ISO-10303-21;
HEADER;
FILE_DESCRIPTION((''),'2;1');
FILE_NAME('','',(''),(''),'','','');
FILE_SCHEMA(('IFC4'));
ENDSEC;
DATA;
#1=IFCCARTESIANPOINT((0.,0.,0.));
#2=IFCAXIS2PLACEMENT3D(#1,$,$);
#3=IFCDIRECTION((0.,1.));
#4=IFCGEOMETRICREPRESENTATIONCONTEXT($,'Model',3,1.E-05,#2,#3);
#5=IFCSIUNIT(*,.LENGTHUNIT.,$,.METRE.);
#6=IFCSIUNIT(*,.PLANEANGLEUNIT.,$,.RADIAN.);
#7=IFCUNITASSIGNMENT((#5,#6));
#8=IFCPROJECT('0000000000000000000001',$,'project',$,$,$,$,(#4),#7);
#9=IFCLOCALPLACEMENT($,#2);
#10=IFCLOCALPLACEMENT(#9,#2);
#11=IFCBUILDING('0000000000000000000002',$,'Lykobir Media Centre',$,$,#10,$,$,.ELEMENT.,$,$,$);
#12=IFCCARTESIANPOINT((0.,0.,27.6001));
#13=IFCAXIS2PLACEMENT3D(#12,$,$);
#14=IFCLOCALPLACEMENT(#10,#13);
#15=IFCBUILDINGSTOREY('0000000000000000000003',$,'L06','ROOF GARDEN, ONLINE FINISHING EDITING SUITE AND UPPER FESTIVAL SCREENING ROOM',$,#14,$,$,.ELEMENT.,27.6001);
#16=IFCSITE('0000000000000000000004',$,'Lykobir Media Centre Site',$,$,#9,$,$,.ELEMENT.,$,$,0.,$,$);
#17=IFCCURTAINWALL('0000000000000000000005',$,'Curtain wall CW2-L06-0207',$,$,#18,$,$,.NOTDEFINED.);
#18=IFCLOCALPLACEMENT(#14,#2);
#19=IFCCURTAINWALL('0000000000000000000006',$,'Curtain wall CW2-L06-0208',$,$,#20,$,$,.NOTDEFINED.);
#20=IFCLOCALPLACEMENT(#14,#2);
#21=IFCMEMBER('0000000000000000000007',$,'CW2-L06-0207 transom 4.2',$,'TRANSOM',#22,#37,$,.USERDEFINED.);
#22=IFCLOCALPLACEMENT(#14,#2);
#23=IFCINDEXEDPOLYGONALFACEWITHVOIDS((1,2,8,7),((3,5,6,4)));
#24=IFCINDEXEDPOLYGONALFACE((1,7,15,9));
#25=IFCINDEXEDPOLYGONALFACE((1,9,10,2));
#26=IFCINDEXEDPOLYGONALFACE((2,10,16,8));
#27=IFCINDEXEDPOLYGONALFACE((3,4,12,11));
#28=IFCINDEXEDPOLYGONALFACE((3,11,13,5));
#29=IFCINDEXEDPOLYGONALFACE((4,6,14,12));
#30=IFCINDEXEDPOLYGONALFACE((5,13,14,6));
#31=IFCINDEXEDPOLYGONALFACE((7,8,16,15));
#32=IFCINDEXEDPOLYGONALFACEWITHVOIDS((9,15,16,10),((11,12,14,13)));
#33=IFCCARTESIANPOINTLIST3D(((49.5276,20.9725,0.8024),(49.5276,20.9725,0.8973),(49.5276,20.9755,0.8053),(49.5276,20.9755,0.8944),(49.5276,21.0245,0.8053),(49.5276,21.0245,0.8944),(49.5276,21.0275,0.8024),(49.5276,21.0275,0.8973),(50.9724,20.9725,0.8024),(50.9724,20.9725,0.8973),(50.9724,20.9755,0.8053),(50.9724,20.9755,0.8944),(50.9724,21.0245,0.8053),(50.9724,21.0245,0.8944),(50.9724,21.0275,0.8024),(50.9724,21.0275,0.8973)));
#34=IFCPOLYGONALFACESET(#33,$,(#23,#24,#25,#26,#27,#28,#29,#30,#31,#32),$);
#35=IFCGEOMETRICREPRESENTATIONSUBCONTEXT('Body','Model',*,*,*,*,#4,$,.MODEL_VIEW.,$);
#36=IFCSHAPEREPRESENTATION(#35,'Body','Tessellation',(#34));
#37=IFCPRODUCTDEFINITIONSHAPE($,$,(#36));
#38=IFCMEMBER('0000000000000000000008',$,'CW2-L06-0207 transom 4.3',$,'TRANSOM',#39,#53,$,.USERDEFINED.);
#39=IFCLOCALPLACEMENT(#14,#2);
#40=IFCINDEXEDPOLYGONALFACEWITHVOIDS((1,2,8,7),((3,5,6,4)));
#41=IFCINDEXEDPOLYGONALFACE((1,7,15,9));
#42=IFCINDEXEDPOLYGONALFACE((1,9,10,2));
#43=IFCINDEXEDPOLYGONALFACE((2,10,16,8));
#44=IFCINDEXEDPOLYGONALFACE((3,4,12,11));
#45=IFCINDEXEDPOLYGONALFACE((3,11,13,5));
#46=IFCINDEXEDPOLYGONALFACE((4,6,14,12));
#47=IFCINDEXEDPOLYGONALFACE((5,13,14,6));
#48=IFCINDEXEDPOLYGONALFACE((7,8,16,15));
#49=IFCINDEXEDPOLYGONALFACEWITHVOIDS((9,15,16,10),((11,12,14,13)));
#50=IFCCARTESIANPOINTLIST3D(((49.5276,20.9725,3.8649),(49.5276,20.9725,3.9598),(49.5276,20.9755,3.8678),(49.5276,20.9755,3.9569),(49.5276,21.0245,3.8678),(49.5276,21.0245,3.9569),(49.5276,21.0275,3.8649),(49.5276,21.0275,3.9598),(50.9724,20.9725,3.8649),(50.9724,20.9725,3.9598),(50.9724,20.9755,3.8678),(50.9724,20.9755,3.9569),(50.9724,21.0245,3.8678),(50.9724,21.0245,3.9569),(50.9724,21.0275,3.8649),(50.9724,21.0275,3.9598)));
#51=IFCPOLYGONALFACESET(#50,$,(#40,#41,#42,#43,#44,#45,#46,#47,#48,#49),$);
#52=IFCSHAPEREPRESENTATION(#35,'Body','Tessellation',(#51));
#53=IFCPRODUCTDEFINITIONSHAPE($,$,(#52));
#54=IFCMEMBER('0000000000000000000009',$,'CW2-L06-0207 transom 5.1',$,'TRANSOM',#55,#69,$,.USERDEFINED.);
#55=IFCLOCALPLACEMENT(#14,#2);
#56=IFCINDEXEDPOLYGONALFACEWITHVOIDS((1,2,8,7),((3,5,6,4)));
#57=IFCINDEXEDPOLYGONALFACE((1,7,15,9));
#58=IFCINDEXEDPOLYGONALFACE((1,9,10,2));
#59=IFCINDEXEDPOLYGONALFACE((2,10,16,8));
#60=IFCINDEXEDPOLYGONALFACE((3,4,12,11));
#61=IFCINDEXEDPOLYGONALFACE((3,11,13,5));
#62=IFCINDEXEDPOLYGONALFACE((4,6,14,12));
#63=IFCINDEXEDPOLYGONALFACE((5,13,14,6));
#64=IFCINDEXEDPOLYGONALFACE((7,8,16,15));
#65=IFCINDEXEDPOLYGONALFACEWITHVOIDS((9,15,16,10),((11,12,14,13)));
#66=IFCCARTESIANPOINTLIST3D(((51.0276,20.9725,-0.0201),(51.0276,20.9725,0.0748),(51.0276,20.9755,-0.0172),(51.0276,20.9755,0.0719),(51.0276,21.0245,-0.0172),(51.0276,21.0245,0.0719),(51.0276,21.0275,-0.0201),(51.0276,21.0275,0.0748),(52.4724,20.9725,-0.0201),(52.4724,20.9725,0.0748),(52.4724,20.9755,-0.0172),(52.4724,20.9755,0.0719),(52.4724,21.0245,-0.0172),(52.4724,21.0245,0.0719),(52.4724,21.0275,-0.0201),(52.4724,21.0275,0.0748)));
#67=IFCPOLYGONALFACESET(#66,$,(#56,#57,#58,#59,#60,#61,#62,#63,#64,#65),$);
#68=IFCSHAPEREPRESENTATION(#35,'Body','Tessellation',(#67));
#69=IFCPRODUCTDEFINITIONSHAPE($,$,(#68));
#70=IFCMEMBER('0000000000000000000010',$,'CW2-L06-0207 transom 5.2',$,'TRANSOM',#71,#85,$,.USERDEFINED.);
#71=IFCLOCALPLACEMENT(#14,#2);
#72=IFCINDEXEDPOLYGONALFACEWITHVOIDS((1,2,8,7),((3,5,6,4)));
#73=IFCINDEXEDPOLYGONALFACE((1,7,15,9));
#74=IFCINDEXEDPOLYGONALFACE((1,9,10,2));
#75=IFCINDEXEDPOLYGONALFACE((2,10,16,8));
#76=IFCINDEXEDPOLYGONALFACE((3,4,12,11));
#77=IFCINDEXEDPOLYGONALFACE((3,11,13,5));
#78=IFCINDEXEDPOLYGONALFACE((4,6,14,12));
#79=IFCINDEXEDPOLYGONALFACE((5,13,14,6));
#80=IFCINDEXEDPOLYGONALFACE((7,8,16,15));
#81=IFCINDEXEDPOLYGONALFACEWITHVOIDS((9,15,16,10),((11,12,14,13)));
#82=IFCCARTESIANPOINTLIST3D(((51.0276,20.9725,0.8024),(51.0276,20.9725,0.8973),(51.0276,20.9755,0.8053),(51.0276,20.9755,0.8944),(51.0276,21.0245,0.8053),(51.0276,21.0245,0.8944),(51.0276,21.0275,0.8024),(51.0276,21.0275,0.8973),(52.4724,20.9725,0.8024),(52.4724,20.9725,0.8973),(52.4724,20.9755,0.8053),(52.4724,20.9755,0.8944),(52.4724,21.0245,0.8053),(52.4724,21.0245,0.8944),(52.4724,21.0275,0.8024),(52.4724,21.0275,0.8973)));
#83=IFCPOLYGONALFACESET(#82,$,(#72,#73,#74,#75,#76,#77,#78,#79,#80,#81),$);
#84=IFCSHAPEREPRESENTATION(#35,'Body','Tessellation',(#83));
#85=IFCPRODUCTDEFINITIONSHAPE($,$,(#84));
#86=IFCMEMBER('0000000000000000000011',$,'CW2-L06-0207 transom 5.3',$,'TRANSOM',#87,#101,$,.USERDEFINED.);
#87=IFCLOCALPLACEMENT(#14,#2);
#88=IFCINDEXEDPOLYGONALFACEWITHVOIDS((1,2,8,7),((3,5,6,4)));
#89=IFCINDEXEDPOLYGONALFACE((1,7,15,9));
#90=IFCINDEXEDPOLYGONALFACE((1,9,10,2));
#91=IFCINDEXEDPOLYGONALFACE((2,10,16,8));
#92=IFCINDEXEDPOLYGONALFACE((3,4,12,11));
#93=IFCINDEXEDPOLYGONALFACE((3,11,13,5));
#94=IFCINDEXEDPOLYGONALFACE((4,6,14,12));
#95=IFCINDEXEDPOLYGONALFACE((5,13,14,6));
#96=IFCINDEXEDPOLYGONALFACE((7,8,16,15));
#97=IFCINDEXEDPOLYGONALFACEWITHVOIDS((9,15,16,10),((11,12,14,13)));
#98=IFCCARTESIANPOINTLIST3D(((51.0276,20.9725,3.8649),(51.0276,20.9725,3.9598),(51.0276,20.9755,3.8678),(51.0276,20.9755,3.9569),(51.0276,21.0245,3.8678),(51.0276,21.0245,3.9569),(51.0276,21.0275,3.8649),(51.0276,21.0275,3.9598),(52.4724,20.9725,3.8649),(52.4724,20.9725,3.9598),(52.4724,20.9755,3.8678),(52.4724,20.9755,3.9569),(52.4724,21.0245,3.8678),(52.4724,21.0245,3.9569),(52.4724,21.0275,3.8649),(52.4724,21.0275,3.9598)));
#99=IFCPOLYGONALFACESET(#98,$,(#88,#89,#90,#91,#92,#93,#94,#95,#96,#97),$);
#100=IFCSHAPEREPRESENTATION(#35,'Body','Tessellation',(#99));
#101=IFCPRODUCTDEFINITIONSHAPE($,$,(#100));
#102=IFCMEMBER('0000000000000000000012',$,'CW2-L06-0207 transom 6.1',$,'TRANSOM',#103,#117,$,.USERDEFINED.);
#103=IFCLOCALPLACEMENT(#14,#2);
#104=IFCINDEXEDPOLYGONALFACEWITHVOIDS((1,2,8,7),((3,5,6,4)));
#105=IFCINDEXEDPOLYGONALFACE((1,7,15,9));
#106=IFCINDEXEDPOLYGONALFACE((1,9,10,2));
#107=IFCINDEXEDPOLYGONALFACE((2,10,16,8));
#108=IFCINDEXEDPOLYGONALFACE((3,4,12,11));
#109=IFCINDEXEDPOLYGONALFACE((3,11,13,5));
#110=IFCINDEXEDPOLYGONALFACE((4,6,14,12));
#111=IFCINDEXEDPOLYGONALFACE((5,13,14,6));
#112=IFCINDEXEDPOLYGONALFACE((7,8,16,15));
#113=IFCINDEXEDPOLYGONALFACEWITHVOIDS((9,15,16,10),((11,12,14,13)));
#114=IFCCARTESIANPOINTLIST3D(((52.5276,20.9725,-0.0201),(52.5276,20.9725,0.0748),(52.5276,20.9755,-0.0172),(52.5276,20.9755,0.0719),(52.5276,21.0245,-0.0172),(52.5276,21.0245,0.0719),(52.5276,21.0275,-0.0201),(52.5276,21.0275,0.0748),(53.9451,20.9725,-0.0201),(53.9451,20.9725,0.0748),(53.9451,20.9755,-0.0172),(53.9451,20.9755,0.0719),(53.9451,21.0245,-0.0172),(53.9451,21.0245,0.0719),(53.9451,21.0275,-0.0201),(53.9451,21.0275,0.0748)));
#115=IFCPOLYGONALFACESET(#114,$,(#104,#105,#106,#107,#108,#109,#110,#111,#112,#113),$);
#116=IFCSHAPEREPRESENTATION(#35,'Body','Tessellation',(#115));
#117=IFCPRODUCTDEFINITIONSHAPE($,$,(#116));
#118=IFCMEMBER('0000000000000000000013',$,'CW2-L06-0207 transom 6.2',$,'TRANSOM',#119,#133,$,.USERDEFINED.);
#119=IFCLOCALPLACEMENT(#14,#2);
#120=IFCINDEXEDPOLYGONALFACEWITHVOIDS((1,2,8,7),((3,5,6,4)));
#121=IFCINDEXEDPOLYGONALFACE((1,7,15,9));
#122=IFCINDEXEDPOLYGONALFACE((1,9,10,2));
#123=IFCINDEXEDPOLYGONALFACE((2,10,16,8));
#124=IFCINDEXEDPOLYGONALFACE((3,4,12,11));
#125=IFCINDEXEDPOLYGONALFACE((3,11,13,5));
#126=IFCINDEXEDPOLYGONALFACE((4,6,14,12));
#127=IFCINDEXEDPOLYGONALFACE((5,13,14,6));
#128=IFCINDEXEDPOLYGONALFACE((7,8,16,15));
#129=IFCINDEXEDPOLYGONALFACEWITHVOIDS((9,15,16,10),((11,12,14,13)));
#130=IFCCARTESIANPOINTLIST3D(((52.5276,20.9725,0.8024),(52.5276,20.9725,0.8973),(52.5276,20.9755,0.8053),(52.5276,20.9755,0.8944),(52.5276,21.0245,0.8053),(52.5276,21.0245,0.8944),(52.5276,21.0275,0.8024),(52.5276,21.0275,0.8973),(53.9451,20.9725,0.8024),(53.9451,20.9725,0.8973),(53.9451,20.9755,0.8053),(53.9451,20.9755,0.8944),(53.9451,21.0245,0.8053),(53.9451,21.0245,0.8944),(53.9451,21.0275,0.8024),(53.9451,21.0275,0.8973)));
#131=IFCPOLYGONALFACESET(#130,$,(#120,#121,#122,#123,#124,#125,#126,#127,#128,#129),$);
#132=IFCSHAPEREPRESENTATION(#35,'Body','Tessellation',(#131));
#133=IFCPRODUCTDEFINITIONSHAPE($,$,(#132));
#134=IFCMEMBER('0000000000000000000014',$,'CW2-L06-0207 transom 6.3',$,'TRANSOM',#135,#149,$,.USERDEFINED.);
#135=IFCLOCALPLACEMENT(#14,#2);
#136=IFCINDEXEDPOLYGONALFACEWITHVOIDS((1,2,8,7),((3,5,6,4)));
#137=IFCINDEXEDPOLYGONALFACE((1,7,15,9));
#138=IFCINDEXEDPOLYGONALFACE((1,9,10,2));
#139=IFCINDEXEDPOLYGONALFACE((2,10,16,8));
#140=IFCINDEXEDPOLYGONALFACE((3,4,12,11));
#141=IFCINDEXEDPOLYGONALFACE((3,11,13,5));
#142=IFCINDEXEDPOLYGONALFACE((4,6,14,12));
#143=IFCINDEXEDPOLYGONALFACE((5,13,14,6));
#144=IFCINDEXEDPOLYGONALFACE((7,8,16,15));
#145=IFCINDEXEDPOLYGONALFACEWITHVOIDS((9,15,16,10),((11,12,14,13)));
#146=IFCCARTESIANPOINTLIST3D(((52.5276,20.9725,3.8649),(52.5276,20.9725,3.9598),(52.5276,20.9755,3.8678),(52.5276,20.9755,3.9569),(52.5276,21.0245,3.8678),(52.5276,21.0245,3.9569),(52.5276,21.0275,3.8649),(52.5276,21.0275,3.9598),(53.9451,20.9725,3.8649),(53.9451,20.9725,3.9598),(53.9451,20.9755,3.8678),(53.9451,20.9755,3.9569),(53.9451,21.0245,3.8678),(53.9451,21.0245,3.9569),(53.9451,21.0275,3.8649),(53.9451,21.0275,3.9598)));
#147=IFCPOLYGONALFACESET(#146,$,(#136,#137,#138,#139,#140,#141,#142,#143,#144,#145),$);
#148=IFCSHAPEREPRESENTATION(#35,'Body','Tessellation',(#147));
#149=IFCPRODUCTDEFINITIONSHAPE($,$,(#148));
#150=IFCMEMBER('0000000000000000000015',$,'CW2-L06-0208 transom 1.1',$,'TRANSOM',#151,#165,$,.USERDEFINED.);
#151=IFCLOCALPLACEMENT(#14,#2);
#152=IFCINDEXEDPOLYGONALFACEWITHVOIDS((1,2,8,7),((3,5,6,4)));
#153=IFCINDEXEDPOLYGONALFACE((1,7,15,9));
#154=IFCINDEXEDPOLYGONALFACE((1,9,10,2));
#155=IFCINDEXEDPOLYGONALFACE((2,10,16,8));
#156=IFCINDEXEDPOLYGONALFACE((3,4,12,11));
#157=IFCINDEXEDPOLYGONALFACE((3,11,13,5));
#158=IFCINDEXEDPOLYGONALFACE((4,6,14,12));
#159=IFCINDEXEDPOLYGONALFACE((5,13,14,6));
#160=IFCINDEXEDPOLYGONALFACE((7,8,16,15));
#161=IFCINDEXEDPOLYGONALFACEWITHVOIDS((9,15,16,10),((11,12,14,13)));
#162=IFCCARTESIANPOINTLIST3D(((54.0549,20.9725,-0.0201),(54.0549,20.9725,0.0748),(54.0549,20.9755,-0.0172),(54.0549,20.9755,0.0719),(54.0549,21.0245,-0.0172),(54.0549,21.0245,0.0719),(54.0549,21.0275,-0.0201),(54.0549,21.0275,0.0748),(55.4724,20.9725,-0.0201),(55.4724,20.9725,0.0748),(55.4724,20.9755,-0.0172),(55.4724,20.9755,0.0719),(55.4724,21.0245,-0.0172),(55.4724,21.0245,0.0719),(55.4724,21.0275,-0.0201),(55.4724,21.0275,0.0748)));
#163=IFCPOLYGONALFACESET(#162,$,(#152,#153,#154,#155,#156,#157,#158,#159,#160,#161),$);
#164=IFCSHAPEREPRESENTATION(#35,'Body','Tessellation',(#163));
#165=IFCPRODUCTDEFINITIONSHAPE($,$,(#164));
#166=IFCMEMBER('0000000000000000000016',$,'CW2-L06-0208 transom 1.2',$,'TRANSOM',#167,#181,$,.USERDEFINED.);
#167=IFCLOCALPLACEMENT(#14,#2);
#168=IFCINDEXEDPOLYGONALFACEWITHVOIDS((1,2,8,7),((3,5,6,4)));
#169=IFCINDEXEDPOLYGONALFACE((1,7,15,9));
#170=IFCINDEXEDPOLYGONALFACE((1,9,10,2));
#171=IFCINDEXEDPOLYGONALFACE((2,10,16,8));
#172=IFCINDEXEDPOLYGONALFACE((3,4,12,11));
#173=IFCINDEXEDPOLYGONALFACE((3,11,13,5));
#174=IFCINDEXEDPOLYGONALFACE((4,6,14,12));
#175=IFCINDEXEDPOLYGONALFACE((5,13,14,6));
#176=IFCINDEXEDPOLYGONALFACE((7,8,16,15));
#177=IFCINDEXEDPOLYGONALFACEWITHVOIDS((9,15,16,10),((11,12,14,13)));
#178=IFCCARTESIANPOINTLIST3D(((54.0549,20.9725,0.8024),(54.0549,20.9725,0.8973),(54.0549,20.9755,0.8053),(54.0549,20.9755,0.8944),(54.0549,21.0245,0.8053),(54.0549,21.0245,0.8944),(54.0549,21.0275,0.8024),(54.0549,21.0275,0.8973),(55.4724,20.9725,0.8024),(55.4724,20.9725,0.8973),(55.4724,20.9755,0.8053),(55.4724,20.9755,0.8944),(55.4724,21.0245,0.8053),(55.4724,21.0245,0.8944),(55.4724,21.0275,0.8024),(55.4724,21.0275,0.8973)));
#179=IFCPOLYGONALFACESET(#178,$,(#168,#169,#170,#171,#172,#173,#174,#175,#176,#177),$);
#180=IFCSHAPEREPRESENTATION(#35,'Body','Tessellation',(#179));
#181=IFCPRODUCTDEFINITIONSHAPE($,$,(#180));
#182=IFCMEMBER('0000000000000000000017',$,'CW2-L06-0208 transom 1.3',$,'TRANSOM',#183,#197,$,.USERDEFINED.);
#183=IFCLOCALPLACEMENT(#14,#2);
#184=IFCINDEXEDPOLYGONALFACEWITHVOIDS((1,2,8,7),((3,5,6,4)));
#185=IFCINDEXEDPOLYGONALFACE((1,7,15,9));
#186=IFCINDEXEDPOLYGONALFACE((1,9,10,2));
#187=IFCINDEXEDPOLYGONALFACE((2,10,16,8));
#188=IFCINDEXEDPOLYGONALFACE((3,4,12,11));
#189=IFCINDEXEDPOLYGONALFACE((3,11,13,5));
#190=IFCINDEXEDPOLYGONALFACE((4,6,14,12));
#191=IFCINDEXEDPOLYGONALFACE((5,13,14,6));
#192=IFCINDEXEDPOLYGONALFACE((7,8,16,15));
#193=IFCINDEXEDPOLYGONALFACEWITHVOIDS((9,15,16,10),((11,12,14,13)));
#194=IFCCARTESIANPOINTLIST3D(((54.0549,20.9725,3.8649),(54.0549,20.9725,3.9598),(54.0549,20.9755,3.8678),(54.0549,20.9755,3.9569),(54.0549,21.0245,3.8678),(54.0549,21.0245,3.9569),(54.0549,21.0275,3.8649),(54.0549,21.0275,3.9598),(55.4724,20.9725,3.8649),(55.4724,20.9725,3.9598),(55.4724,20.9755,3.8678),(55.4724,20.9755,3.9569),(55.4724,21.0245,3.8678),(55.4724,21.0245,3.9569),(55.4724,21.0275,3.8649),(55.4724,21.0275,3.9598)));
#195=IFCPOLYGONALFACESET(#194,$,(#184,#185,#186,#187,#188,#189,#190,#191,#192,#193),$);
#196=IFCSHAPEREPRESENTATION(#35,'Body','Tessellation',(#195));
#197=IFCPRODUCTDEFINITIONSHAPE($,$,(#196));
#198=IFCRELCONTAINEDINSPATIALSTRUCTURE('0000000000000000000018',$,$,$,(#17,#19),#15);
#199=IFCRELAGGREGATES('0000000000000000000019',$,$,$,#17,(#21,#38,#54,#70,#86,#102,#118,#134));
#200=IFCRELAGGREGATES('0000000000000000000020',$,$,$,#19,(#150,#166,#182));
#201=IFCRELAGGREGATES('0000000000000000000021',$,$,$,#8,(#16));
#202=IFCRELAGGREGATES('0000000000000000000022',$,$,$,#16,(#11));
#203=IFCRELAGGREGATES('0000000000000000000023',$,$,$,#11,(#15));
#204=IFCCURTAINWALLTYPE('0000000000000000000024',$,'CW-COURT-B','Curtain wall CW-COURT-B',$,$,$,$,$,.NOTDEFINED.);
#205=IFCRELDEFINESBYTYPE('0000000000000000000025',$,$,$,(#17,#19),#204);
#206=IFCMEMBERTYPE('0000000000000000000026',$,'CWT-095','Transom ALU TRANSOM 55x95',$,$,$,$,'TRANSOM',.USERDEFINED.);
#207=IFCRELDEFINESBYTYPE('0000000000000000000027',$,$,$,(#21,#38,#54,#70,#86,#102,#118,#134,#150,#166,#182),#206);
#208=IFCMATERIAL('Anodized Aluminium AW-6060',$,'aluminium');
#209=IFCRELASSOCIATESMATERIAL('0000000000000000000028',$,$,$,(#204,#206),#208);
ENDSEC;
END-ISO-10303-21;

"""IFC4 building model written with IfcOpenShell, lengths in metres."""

from ifc_helpers import new_model, si_unit, direction, frame, origin, origin_2d, place, context, subcontext, project, spatial, hollow_rectangle, extrude, material, material_profile, profile_set, type_object, element, aggregate, save


model = new_model("IFC4")

# Units and contexts
model_context = context("Model", 3, precision=1e-05, world=origin(), true_north=direction((0.0, 1.0)))
body_context = subcontext(model_context, "Body", "Model", "MODEL_VIEW")
ifc_project = project(units=[si_unit("LENGTHUNIT", "METRE"), si_unit("PLANEANGLEUNIT", "RADIAN")], contexts=[model_context])

# Site, building, storey
site_placement = place(None, origin())
site = spatial("IfcSite", under=ifc_project, at=site_placement, Name="Lykobir Media Centre Site", CompositionType="ELEMENT", RefElevation=0.0)
building_placement = place(site_placement, origin())
building = spatial("IfcBuilding", under=site, at=building_placement, Name="Lykobir Media Centre", CompositionType="ELEMENT")
storey_placement = place(building_placement, frame((0.0, 0.0, 27.6001)))
storey = spatial("IfcBuildingStorey", under=building, at=storey_placement, Name="L06", Description="ROOF GARDEN, ONLINE FINISHING EDITING SUITE AND UPPER FESTIVAL SCREENING ROOM", CompositionType="ELEMENT", Elevation=27.6001)

# Curtain walls
ifc_material_1 = material(Name="Anodized Aluminium AW-6060", Category="aluminium")
curtain_wall_type = type_object("IfcCurtainWallType", Name="CW-COURT-B", Description="Curtain wall CW-COURT-B", PredefinedType="NOTDEFINED", material=ifc_material_1)
curtain_wall_1_placement = place(storey_placement, origin())
curtain_wall_1 = element("IfcCurtainWall", 1, at=curtain_wall_1_placement, inside=storey, type_object=curtain_wall_type, Name="Curtain wall CW2-L06-0207", PredefinedType="NOTDEFINED")
curtain_wall_2_placement = place(storey_placement, origin())
curtain_wall_2 = element("IfcCurtainWall", 2, at=curtain_wall_2_placement, inside=storey, type_object=curtain_wall_type, Name="Curtain wall CW2-L06-0208", PredefinedType="NOTDEFINED")

# Members
ifc_material_profile_1 = material_profile(ifc_material_1, hollow_rectangle(XDim=0.0549, YDim=0.095, WallThickness=0.0029, at=origin_2d()), Name="ALU TRANSOM 55x95")
ifc_profile_set_1 = profile_set([ifc_material_profile_1], Name="Anodized Aluminium AW-6060")
member_type_1 = type_object("IfcMemberType", Name="CWT-095", Description="Transom ALU TRANSOM 55x95", ElementType="TRANSOM", PredefinedType="USERDEFINED", material=ifc_profile_set_1)
member_1_placement = place(storey_placement, frame((49.5276, 21.0, 0.8499), z_axis=(1.0, 0.0, 0.0), x_axis=(0.0, 1.0, 0.0)))
member_1 = element("IfcMember", 3, at=member_1_placement, type_object=member_type_1, Name="CW2-L06-0207 transom 4.2", ObjectType="TRANSOM", PredefinedType="USERDEFINED", context=body_context, shape_type="SweptSolid", body=[
    extrude(hollow_rectangle(XDim=0.0549, YDim=0.095, WallThickness=0.0029, at=origin_2d()), origin(), (0.0, 0.0, 1.0), 1.4448),
])
member_2_placement = place(storey_placement, frame((49.5276, 21.0, 3.9124), z_axis=(1.0, 0.0, 0.0), x_axis=(0.0, 1.0, 0.0)))
member_2 = element("IfcMember", 4, at=member_2_placement, type_object=member_type_1, Name="CW2-L06-0207 transom 4.3", ObjectType="TRANSOM", PredefinedType="USERDEFINED", context=body_context, shape_type="SweptSolid", body=[
    extrude(hollow_rectangle(XDim=0.0549, YDim=0.095, WallThickness=0.0029, at=origin_2d()), origin(), (0.0, 0.0, 1.0), 1.4448),
])
member_3_placement = place(storey_placement, frame((51.0276, 21.0, 0.0273), z_axis=(1.0, 0.0, 0.0), x_axis=(0.0, 1.0, 0.0)))
member_3 = element("IfcMember", 5, at=member_3_placement, type_object=member_type_1, Name="CW2-L06-0207 transom 5.1", ObjectType="TRANSOM", PredefinedType="USERDEFINED", context=body_context, shape_type="SweptSolid", body=[
    extrude(hollow_rectangle(XDim=0.0549, YDim=0.095, WallThickness=0.0029, at=origin_2d()), origin(), (0.0, 0.0, 1.0), 1.4448),
])
member_4_placement = place(storey_placement, frame((51.0276, 21.0, 0.8499), z_axis=(1.0, 0.0, 0.0), x_axis=(0.0, 1.0, 0.0)))
member_4 = element("IfcMember", 6, at=member_4_placement, type_object=member_type_1, Name="CW2-L06-0207 transom 5.2", ObjectType="TRANSOM", PredefinedType="USERDEFINED", context=body_context, shape_type="SweptSolid", body=[
    extrude(hollow_rectangle(XDim=0.0549, YDim=0.095, WallThickness=0.0029, at=origin_2d()), origin(), (0.0, 0.0, 1.0), 1.4448),
])
member_5_placement = place(storey_placement, frame((51.0276, 21.0, 3.9124), z_axis=(1.0, 0.0, 0.0), x_axis=(0.0, 1.0, 0.0)))
member_5 = element("IfcMember", 7, at=member_5_placement, type_object=member_type_1, Name="CW2-L06-0207 transom 5.3", ObjectType="TRANSOM", PredefinedType="USERDEFINED", context=body_context, shape_type="SweptSolid", body=[
    extrude(hollow_rectangle(XDim=0.0549, YDim=0.095, WallThickness=0.0029, at=origin_2d()), origin(), (0.0, 0.0, 1.0), 1.4448),
])
member_6_placement = place(storey_placement, frame((52.5276, 21.0, 0.0273), z_axis=(1.0, 0.0, 0.0), x_axis=(0.0, 1.0, 0.0)))
member_6 = element("IfcMember", 8, at=member_6_placement, type_object=member_type_1, Name="CW2-L06-0207 transom 6.1", ObjectType="TRANSOM", PredefinedType="USERDEFINED", context=body_context, shape_type="SweptSolid", body=[
    extrude(hollow_rectangle(XDim=0.0549, YDim=0.095, WallThickness=0.0029, at=origin_2d()), origin(), (0.0, 0.0, 1.0), 1.4175),
])
member_7_placement = place(storey_placement, frame((52.5276, 21.0, 0.8499), z_axis=(1.0, 0.0, 0.0), x_axis=(0.0, 1.0, 0.0)))
member_7 = element("IfcMember", 9, at=member_7_placement, type_object=member_type_1, Name="CW2-L06-0207 transom 6.2", ObjectType="TRANSOM", PredefinedType="USERDEFINED", context=body_context, shape_type="SweptSolid", body=[
    extrude(hollow_rectangle(XDim=0.0549, YDim=0.095, WallThickness=0.0029, at=origin_2d()), origin(), (0.0, 0.0, 1.0), 1.4175),
])
member_8_placement = place(storey_placement, frame((52.5276, 21.0, 3.9124), z_axis=(1.0, 0.0, 0.0), x_axis=(0.0, 1.0, 0.0)))
member_8 = element("IfcMember", 10, at=member_8_placement, type_object=member_type_1, Name="CW2-L06-0207 transom 6.3", ObjectType="TRANSOM", PredefinedType="USERDEFINED", context=body_context, shape_type="SweptSolid", body=[
    extrude(hollow_rectangle(XDim=0.0549, YDim=0.095, WallThickness=0.0029, at=origin_2d()), origin(), (0.0, 0.0, 1.0), 1.4175),
])
member_9_placement = place(storey_placement, frame((54.0549, 21.0, 0.0273), z_axis=(1.0, 0.0, 0.0), x_axis=(0.0, 1.0, 0.0)))
member_9 = element("IfcMember", 11, at=member_9_placement, type_object=member_type_1, Name="CW2-L06-0208 transom 1.1", ObjectType="TRANSOM", PredefinedType="USERDEFINED", context=body_context, shape_type="SweptSolid", body=[
    extrude(hollow_rectangle(XDim=0.0549, YDim=0.095, WallThickness=0.0029, at=origin_2d()), origin(), (0.0, 0.0, 1.0), 1.4175),
])
member_10_placement = place(storey_placement, frame((54.0549, 21.0, 0.8499), z_axis=(1.0, 0.0, 0.0), x_axis=(0.0, 1.0, 0.0)))
member_10 = element("IfcMember", 12, at=member_10_placement, type_object=member_type_1, Name="CW2-L06-0208 transom 1.2", ObjectType="TRANSOM", PredefinedType="USERDEFINED", context=body_context, shape_type="SweptSolid", body=[
    extrude(hollow_rectangle(XDim=0.0549, YDim=0.095, WallThickness=0.0029, at=origin_2d()), origin(), (0.0, 0.0, 1.0), 1.4175),
])
member_11_placement = place(storey_placement, frame((54.0549, 21.0, 3.9124), z_axis=(1.0, 0.0, 0.0), x_axis=(0.0, 1.0, 0.0)))
member_11 = element("IfcMember", 13, at=member_11_placement, type_object=member_type_1, Name="CW2-L06-0208 transom 1.3", ObjectType="TRANSOM", PredefinedType="USERDEFINED", context=body_context, shape_type="SweptSolid", body=[
    extrude(hollow_rectangle(XDim=0.0549, YDim=0.095, WallThickness=0.0029, at=origin_2d()), origin(), (0.0, 0.0, 1.0), 1.4175),
])

aggregate(curtain_wall_1, [member_1, member_2, member_3, member_4, member_5, member_6, member_7, member_8])
aggregate(curtain_wall_2, [member_9, member_10, member_11])

save(model, "model.ifc")
